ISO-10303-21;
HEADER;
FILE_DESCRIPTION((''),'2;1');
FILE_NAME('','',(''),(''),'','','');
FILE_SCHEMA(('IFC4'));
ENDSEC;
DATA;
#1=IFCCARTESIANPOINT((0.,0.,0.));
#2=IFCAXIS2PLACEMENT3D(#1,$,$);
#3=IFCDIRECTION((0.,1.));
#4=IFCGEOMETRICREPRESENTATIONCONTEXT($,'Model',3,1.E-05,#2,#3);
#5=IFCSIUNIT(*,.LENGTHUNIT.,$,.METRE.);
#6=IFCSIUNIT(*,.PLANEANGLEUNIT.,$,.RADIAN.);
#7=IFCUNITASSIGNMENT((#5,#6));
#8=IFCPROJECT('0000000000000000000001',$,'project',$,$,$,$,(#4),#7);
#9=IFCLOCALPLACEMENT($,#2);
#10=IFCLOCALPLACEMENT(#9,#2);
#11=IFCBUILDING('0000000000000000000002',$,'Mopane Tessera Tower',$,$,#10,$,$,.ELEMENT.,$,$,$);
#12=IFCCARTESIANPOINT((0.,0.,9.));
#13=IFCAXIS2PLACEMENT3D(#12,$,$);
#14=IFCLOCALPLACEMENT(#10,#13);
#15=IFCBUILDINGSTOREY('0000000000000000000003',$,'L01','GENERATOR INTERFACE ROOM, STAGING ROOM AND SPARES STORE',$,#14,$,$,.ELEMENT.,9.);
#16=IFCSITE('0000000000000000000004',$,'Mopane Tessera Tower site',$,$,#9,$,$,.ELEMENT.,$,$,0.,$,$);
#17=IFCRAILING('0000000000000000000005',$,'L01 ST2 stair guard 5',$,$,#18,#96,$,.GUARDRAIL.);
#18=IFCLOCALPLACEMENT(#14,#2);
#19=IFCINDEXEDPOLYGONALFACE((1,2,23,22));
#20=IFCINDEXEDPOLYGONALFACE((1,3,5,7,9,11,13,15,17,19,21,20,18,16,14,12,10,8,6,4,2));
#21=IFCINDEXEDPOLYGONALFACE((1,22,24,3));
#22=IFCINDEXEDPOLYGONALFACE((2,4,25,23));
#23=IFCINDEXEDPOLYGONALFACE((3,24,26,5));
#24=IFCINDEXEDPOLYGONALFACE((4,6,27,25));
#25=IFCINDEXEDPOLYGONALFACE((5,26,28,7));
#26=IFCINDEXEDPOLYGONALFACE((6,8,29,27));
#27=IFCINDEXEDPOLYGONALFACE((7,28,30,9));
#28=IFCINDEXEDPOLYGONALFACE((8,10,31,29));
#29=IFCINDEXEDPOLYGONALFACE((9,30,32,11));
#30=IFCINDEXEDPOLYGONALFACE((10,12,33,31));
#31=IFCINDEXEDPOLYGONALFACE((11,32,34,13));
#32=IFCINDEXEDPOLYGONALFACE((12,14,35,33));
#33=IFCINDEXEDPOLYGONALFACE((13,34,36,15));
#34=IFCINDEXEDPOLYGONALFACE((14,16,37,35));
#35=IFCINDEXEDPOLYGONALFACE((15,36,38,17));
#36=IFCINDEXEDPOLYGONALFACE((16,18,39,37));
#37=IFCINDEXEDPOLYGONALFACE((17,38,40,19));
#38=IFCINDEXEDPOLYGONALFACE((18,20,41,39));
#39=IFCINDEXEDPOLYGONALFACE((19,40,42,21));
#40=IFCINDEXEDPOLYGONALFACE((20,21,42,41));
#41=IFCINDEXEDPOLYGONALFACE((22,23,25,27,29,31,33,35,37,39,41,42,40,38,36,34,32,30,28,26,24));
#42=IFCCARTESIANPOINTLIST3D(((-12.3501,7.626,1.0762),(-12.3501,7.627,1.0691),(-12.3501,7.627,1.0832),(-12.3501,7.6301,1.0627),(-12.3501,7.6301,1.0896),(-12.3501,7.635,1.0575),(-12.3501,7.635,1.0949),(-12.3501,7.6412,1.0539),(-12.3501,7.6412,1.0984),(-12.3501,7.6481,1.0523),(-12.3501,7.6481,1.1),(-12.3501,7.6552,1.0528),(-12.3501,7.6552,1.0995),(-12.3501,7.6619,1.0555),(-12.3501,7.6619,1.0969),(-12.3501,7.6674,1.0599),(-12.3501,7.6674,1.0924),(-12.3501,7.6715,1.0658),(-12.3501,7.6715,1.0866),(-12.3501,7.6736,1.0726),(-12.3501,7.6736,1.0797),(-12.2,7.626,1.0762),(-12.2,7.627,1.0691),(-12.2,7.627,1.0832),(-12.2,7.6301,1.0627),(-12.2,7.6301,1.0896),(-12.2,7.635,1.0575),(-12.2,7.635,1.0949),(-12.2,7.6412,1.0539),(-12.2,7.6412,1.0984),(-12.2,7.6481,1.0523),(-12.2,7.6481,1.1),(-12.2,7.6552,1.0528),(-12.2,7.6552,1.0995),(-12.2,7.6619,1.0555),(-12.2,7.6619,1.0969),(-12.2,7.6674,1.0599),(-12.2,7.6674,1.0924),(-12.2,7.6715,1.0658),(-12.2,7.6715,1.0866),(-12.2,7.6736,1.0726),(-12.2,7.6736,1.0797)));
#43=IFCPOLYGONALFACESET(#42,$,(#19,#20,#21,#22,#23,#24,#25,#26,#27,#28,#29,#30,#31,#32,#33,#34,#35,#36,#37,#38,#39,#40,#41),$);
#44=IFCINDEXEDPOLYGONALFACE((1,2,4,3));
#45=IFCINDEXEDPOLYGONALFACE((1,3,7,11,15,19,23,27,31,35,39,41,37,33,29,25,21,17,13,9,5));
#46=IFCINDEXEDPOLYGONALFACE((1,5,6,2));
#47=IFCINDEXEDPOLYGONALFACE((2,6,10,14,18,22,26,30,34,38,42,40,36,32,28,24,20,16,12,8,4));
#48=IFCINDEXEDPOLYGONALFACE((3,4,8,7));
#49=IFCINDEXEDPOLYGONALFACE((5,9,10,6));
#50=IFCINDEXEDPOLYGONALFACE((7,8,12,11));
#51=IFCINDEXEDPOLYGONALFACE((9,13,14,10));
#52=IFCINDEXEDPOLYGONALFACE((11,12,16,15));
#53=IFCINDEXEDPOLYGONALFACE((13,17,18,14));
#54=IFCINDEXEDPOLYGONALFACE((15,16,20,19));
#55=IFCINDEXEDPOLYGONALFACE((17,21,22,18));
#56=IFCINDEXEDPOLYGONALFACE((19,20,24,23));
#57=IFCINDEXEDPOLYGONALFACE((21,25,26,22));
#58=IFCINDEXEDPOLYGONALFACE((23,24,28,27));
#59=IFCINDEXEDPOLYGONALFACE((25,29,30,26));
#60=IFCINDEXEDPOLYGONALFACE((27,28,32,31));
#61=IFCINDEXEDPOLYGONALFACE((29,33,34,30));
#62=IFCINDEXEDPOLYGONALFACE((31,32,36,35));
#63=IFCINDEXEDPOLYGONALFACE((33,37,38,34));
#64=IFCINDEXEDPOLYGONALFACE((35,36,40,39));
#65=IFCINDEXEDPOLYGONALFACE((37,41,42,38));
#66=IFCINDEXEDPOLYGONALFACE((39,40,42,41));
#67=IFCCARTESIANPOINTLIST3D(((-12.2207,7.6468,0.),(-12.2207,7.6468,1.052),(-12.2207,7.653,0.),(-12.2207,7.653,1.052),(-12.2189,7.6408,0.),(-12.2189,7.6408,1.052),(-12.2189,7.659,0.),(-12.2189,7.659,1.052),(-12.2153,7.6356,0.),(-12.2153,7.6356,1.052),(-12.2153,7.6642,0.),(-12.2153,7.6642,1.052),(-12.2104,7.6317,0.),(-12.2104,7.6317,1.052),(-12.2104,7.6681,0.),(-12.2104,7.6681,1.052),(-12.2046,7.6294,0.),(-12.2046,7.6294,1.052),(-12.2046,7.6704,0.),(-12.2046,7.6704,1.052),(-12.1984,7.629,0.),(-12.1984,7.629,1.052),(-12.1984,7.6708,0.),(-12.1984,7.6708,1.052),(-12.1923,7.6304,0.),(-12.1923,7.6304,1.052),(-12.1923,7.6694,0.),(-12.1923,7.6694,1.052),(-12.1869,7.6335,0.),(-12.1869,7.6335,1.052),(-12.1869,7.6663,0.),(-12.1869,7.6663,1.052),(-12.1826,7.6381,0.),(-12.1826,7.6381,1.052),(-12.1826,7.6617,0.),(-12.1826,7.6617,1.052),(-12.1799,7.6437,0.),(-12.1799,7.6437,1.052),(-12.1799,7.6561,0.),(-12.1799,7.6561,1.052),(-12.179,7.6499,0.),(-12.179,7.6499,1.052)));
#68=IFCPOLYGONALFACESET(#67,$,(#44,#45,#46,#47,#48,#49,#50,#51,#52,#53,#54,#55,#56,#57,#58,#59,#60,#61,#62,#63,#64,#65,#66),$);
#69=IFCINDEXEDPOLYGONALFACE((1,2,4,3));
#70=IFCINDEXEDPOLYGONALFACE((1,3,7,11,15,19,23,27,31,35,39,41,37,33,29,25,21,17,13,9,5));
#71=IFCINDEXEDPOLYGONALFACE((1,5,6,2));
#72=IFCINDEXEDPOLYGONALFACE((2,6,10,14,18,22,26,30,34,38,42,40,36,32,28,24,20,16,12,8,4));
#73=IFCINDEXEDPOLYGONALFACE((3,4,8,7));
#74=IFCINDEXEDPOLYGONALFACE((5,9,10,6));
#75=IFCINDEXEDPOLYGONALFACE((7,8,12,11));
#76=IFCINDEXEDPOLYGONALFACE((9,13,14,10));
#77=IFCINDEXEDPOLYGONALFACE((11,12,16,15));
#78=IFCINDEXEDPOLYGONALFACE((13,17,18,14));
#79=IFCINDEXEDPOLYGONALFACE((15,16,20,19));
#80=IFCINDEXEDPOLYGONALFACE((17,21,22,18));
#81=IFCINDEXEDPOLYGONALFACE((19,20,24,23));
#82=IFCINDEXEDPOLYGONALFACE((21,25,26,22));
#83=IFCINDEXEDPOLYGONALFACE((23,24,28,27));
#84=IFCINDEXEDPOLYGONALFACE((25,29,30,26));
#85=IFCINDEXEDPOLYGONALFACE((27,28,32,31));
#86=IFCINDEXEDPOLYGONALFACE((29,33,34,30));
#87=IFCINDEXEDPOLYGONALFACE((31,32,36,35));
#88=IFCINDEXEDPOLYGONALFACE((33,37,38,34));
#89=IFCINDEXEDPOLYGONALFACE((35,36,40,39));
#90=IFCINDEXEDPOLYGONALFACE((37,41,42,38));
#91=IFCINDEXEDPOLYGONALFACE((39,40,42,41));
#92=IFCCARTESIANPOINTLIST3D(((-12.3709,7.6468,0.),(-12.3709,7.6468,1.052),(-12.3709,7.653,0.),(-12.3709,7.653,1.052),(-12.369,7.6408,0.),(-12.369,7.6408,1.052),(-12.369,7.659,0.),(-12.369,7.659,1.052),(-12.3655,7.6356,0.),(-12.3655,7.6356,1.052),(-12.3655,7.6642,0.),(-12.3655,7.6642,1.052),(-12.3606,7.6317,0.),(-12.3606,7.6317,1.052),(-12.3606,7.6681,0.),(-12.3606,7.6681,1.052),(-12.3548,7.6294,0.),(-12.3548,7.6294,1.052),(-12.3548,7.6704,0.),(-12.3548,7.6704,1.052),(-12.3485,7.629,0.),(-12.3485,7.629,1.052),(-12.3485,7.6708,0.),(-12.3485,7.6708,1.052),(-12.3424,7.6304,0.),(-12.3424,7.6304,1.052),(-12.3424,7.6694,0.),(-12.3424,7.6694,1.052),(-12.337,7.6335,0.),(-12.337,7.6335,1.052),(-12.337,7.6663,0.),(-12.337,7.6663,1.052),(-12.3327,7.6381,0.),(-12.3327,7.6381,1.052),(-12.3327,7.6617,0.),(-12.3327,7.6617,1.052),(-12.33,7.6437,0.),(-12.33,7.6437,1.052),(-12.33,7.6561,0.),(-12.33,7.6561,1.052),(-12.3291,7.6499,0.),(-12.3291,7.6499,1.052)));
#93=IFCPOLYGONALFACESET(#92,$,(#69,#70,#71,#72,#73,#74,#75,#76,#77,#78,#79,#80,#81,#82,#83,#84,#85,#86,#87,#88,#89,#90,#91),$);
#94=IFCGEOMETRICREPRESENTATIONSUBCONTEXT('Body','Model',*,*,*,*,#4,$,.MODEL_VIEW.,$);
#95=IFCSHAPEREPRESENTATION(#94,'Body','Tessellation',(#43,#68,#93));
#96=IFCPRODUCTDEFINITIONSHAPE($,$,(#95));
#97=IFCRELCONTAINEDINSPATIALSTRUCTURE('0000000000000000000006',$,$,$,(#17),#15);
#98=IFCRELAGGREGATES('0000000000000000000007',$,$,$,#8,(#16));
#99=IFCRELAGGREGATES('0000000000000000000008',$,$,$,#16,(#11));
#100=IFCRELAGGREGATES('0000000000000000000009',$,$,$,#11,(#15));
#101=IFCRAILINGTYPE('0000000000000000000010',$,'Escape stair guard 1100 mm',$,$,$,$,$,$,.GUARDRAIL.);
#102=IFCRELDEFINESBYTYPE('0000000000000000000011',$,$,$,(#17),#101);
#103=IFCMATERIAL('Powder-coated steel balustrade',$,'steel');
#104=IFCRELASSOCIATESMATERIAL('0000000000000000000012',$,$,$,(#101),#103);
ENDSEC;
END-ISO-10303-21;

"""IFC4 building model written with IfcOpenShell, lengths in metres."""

from ifc_helpers import new_model, si_unit, direction, frame, origin, origin_2d, place, context, subcontext, project, spatial, circle, extrude, material, type_object, element, save


model = new_model("IFC4")

# Units and contexts
model_context = context("Model", 3, precision=1e-05, world=origin(), true_north=direction((0.0, 1.0)))
body_context = subcontext(model_context, "Body", "Model", "MODEL_VIEW")
ifc_project = project(units=[si_unit("LENGTHUNIT", "METRE"), si_unit("PLANEANGLEUNIT", "RADIAN")], contexts=[model_context])

# Site, building, storey
site_placement = place(None, origin())
site = spatial("IfcSite", under=ifc_project, at=site_placement, Name="Mopane Tessera Tower site", CompositionType="ELEMENT", RefElevation=0.0)
building_placement = place(site_placement, origin())
building = spatial("IfcBuilding", under=site, at=building_placement, Name="Mopane Tessera Tower", CompositionType="ELEMENT")
storey_placement = place(building_placement, frame((0.0, 0.0, 9.0)))
storey = spatial("IfcBuildingStorey", under=building, at=storey_placement, Name="L01", Description="GENERATOR INTERFACE ROOM, STAGING ROOM AND SPARES STORE", CompositionType="ELEMENT", Elevation=9.0)

# Railing
ifc_material_1 = material(Name="Powder-coated steel balustrade", Category="steel")
railing_type = type_object("IfcRailingType", Name="Escape stair guard 1100 mm", PredefinedType="GUARDRAIL", material=ifc_material_1)
railing_placement = place(storey_placement, frame((-12.2, 7.6499, 0.0)))
element("IfcRailing", 1, at=railing_placement, inside=storey, type_object=railing_type, Name="L01 ST2 stair guard 5", PredefinedType="GUARDRAIL", context=body_context, shape_type="SweptSolid", body=[
    extrude(circle(Radius=0.0239, at=origin_2d()), frame((0.0, 0.0, 1.0762), z_axis=(-1.0, 0.0, 0.0), x_axis=(0.0, -1.0, 0.0)), (0.0, 0.0, 1.0), 0.1501),
    extrude(circle(Radius=0.021, at=origin_2d()), origin(), (0.0, 0.0, 1.0), 1.052),
    extrude(circle(Radius=0.021, at=origin_2d()), frame((-0.1501, 0.0, 0.0)), (0.0, 0.0, 1.0), 1.052),
])

save(model, "model.ifc")
